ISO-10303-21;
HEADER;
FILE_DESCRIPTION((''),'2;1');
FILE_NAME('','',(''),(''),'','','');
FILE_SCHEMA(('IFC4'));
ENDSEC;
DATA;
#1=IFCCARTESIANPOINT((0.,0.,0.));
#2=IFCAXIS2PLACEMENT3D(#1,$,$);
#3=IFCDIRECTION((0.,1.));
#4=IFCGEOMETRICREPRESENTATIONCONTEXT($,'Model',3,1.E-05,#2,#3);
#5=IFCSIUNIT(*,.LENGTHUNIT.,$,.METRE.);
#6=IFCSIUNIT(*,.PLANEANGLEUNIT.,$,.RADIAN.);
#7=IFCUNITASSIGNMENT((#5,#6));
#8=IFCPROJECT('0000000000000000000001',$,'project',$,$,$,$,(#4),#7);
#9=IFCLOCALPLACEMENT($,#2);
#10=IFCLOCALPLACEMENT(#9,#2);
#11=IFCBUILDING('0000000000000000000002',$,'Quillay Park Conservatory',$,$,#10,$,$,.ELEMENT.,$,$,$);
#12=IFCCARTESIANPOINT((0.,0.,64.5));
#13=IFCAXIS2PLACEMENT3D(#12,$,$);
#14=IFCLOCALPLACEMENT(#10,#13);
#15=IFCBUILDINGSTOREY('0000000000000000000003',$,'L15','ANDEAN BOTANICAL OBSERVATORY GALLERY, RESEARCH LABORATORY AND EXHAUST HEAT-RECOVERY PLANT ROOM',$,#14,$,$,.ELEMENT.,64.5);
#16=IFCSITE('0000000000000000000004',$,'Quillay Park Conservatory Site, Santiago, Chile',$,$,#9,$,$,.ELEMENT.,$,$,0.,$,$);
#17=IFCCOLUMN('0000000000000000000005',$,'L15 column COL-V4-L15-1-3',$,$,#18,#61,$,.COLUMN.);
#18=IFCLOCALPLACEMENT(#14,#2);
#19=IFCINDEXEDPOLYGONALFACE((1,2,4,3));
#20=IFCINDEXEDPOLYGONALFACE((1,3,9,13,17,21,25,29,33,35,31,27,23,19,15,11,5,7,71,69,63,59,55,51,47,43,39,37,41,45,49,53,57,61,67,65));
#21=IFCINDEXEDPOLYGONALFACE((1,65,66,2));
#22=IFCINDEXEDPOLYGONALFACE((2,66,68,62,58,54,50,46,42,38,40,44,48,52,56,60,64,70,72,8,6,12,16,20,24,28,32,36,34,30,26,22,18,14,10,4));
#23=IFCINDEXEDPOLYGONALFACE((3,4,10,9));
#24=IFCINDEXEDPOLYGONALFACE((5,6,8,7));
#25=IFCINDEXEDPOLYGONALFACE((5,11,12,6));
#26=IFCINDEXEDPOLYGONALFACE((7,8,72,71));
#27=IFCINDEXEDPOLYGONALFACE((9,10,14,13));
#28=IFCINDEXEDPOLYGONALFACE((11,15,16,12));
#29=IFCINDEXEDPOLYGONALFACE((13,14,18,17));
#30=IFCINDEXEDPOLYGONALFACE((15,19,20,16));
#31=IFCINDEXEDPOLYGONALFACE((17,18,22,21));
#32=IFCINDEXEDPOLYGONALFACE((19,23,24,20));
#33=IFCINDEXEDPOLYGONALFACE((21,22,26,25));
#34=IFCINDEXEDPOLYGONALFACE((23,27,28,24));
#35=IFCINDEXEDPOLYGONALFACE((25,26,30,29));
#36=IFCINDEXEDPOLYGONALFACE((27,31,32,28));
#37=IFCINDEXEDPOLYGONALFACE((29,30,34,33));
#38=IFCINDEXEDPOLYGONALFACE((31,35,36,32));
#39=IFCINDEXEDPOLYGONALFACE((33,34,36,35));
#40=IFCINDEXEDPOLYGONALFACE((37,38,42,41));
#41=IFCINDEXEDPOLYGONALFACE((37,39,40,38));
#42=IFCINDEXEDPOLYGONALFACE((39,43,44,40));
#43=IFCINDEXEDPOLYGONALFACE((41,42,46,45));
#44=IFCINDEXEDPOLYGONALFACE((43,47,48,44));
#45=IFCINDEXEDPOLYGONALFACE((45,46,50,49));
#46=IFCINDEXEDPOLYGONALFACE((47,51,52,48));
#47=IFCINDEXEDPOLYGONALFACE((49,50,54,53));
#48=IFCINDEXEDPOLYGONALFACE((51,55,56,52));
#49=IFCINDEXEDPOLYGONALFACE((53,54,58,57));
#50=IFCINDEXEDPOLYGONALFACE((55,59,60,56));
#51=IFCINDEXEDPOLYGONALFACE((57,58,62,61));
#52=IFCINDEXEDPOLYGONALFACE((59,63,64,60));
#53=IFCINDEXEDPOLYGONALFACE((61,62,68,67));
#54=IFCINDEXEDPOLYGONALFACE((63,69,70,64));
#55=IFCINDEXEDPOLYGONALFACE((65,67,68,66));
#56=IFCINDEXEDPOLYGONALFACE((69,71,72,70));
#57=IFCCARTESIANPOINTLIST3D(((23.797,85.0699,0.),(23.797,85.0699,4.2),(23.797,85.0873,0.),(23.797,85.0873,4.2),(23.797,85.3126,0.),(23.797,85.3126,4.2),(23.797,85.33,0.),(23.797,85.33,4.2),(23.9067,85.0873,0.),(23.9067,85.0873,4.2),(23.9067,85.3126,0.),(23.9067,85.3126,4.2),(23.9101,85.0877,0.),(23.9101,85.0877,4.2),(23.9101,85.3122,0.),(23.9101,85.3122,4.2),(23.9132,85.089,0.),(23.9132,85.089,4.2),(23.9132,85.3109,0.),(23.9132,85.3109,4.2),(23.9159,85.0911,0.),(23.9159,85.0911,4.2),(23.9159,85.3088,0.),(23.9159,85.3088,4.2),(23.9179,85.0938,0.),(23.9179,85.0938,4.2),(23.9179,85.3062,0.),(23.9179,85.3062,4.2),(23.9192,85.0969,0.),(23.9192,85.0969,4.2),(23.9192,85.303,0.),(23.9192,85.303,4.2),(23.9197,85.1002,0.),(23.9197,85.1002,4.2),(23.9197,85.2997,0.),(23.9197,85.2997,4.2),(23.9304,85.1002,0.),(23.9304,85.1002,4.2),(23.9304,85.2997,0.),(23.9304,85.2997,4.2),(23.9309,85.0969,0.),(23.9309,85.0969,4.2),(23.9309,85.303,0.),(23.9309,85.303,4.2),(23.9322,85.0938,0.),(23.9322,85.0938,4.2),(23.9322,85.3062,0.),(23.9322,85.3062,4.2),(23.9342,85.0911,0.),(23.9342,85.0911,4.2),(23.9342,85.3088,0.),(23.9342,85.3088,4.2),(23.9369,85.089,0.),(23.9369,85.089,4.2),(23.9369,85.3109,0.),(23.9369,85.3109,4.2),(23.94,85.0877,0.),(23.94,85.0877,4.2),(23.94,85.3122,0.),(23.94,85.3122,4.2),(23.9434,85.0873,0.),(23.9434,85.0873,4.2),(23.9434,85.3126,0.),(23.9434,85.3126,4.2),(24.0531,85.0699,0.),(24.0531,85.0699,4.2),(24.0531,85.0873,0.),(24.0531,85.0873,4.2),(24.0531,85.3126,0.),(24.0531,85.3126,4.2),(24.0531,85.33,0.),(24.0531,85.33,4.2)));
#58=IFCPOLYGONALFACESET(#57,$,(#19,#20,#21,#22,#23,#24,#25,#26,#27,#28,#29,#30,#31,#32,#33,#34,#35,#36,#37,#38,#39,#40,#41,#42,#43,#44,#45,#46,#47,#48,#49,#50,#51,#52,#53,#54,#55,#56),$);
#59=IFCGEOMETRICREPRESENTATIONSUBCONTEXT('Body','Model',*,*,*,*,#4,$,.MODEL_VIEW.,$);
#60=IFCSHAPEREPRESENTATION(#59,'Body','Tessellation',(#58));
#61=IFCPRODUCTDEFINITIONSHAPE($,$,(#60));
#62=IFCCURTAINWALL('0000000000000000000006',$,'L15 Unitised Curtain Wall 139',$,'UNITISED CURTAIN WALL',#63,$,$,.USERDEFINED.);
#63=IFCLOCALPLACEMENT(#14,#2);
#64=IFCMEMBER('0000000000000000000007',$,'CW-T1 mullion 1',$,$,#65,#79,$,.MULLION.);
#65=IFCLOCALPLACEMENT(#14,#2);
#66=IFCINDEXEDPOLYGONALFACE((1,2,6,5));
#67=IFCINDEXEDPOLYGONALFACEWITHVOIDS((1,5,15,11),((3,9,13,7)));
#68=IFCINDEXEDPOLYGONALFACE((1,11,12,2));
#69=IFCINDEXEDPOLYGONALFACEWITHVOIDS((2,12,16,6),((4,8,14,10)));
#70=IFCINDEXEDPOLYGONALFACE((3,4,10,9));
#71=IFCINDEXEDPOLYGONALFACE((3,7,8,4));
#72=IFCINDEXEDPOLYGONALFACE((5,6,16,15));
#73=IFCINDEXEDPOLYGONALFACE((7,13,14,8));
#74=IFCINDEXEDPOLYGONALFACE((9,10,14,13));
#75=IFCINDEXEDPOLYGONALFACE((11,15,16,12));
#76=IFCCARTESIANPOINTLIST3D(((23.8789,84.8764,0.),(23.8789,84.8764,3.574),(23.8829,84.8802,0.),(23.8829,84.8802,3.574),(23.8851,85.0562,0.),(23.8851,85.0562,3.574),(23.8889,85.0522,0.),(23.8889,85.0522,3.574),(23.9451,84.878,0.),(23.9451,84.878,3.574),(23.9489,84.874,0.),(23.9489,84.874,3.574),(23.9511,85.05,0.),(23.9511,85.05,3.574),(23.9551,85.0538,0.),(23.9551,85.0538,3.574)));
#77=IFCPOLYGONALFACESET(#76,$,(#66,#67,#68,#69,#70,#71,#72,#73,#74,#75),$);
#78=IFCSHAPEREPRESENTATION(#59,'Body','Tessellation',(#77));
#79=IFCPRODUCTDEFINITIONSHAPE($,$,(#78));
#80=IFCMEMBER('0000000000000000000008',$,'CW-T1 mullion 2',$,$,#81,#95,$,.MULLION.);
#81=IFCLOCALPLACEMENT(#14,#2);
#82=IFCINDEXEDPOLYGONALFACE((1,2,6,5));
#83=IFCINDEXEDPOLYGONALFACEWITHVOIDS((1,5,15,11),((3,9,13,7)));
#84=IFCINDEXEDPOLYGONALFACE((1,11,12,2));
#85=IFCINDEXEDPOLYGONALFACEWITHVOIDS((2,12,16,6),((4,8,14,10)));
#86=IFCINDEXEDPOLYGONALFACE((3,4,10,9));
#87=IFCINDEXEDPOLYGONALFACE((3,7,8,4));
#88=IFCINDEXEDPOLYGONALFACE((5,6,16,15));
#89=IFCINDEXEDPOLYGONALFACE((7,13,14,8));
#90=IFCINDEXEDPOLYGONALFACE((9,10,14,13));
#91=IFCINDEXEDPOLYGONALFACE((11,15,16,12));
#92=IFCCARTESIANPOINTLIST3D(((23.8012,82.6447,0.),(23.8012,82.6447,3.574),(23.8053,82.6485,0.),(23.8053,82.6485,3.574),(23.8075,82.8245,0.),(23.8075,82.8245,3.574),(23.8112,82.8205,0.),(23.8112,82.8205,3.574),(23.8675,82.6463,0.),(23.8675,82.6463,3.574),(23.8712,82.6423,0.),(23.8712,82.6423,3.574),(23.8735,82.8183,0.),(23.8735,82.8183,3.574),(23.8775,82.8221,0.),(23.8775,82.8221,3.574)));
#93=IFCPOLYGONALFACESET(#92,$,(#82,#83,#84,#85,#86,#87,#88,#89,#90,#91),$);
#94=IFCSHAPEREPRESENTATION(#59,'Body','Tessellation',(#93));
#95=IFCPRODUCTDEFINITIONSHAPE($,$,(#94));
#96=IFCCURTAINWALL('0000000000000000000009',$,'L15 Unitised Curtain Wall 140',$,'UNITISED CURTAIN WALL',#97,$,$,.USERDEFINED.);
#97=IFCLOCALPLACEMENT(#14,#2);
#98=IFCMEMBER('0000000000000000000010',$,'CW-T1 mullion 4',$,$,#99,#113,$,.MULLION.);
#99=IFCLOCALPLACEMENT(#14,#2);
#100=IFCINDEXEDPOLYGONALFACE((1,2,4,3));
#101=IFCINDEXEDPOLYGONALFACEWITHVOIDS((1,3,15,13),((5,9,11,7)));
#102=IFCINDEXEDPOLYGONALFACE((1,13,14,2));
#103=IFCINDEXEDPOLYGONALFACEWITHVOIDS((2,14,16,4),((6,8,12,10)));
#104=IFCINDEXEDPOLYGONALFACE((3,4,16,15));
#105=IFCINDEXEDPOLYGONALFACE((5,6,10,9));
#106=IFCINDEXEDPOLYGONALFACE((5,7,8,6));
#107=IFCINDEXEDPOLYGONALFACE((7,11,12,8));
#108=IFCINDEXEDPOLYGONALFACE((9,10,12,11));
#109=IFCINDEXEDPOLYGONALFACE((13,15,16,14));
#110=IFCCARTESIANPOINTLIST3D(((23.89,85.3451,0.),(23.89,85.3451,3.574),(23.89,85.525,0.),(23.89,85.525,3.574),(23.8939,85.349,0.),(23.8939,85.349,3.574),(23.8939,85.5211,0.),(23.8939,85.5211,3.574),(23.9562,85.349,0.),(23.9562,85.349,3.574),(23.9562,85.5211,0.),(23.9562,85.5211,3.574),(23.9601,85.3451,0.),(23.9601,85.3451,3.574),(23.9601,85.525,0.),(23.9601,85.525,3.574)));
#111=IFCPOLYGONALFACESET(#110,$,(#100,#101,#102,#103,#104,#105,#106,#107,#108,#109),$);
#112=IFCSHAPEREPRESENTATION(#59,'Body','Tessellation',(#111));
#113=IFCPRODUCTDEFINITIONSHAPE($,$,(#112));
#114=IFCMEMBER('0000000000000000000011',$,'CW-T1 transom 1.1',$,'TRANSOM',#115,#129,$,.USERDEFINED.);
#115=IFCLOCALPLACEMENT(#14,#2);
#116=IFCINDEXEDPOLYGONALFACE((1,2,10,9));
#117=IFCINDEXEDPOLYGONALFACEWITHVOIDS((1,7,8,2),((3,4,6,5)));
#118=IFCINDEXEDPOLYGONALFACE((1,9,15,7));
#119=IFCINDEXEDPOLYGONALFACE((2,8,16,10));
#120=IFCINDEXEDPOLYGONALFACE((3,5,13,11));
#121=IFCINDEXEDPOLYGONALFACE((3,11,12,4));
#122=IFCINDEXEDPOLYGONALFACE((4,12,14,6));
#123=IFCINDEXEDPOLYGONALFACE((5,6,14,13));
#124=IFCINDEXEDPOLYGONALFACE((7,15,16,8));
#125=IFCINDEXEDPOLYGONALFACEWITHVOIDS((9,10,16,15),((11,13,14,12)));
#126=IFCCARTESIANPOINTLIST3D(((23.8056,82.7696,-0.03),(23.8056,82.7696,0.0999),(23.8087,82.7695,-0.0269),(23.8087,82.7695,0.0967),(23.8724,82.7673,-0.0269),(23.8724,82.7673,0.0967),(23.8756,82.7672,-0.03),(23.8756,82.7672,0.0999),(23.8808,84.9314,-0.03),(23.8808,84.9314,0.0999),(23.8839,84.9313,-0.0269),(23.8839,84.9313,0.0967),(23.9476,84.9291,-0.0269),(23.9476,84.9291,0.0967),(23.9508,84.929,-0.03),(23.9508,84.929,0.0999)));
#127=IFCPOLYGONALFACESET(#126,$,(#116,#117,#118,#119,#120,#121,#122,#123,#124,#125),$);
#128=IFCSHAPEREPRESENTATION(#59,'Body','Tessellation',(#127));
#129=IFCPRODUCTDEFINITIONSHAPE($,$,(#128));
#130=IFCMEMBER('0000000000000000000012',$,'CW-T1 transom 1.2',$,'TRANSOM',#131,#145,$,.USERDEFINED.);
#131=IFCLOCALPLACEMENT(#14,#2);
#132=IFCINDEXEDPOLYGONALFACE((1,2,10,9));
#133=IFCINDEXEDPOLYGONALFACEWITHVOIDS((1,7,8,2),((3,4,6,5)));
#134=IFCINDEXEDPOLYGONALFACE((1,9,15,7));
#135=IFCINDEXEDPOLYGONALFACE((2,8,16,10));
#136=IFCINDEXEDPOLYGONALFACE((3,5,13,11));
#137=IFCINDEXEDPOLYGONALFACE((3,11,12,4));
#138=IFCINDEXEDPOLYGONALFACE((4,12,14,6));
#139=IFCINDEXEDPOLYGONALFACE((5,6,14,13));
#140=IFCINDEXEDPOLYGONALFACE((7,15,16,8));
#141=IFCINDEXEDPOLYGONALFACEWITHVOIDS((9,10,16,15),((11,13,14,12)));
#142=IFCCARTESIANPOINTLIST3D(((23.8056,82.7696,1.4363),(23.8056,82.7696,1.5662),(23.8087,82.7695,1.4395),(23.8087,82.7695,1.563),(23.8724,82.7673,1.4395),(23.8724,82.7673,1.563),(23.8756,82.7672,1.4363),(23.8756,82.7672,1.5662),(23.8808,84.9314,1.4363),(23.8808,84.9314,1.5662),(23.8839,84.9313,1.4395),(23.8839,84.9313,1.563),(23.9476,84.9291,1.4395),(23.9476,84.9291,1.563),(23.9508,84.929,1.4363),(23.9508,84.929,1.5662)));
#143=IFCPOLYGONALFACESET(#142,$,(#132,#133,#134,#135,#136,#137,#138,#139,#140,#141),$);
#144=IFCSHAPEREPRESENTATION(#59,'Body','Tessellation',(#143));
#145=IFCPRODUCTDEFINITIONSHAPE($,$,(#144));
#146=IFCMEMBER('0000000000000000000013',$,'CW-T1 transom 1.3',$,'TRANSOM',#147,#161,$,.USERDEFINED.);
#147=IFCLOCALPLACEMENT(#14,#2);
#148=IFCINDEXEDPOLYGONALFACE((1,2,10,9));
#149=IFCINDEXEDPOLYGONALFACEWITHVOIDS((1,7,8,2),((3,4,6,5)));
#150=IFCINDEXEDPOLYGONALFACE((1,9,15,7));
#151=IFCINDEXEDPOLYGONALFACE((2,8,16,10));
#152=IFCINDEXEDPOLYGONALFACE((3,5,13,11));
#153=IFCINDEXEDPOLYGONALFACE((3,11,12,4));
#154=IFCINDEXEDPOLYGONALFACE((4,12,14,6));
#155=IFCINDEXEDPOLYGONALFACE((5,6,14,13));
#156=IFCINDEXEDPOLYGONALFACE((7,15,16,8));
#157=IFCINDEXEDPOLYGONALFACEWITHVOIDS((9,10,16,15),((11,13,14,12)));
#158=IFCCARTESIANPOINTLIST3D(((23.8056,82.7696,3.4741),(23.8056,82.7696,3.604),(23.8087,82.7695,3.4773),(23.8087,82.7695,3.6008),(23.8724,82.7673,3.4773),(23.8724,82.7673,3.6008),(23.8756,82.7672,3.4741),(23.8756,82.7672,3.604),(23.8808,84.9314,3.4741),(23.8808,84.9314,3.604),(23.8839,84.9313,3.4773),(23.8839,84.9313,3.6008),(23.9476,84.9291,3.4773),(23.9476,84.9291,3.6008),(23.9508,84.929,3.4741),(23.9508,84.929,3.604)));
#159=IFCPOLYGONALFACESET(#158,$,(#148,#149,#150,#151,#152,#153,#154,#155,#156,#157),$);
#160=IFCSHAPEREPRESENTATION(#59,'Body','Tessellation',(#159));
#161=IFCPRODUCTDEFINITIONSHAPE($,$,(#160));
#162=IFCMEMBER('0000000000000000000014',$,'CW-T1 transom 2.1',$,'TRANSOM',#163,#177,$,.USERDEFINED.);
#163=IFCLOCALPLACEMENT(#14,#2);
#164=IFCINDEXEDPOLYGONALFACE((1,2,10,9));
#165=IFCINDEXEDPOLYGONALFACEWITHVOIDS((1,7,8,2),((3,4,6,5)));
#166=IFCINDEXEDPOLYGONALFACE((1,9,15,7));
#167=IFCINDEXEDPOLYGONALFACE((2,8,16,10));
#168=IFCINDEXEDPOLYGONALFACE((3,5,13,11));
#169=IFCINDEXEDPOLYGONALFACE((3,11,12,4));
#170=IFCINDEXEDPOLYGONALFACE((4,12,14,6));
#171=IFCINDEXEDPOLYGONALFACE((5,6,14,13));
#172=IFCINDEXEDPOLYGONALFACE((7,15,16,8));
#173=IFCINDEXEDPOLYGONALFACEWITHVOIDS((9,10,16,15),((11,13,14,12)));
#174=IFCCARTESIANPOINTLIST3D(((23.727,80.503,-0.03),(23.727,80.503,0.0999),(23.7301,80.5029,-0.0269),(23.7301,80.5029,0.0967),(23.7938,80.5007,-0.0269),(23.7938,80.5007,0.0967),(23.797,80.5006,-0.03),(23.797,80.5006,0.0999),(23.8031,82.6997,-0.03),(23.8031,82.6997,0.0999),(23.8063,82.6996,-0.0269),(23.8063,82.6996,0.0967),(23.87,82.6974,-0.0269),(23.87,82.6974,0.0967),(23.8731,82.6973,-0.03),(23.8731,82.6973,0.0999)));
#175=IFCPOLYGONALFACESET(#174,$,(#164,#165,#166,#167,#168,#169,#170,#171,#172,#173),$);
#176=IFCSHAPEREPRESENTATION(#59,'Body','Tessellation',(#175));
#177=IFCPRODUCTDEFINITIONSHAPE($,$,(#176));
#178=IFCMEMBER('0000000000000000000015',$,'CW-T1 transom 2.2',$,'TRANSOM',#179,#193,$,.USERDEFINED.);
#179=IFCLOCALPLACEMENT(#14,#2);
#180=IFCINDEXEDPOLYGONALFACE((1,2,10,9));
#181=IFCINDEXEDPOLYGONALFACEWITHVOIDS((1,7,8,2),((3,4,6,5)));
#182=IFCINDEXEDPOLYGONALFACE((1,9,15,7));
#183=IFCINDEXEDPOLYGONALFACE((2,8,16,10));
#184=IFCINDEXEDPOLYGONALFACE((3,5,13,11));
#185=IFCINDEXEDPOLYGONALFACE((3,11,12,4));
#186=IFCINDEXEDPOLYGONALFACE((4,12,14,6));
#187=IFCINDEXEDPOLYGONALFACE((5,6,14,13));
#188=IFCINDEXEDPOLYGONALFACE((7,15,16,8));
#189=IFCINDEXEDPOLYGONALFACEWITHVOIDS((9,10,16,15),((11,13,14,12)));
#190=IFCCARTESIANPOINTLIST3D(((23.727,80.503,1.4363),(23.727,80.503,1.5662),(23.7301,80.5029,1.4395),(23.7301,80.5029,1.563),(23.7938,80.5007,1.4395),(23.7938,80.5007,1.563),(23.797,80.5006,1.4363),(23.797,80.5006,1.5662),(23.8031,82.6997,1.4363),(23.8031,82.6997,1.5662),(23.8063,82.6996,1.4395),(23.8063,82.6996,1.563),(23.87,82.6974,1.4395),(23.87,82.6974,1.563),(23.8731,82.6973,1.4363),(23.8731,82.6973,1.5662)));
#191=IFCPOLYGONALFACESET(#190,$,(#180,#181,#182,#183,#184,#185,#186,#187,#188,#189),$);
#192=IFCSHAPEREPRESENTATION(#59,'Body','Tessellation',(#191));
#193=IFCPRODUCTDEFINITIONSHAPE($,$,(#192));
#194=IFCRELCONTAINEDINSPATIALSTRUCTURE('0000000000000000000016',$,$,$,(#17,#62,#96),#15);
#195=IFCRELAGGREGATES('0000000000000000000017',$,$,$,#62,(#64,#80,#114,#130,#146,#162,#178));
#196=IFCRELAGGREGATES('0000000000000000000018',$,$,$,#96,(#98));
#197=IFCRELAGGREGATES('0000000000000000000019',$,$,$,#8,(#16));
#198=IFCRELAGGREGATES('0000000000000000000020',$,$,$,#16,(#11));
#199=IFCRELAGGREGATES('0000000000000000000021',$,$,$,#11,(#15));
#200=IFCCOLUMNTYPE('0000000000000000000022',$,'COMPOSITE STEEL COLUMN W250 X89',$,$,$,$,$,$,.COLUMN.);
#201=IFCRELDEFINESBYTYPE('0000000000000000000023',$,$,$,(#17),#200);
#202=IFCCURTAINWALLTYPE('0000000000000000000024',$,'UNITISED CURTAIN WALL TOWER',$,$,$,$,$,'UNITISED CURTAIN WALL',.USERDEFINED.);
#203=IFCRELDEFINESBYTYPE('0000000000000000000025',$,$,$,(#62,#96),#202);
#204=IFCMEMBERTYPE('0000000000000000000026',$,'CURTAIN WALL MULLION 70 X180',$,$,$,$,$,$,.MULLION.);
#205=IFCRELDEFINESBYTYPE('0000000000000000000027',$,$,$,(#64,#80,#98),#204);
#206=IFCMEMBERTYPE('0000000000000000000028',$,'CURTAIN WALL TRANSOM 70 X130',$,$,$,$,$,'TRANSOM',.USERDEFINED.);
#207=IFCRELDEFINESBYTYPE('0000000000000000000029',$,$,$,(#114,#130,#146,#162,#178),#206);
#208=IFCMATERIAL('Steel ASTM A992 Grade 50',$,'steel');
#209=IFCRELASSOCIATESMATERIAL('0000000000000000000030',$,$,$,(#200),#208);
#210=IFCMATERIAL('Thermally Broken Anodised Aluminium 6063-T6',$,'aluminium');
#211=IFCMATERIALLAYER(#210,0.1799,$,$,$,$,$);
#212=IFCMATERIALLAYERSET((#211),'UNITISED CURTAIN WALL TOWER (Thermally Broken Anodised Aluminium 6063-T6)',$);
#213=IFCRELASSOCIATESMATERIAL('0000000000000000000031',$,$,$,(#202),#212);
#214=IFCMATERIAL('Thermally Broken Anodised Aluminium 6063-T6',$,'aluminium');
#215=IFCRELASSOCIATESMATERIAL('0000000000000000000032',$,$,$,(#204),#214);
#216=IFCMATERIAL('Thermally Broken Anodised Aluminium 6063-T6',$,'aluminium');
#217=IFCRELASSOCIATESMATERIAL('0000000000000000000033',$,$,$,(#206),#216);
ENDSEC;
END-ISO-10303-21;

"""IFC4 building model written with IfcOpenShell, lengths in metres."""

from ifc_helpers import new_model, si_unit, direction, frame, origin, origin_2d, place, context, subcontext, project, spatial, hollow_rectangle, i_section, extrude, material, layer, layer_set, material_profile, profile_set, type_object, element, aggregate, save


model = new_model("IFC4")

# Units and contexts
model_context = context("Model", 3, precision=1e-05, world=origin(), true_north=direction((0.0, 1.0)))
body_context = subcontext(model_context, "Body", "Model", "MODEL_VIEW")
ifc_project = project(units=[si_unit("LENGTHUNIT", "METRE"), si_unit("PLANEANGLEUNIT", "RADIAN")], contexts=[model_context])

# Site, building, storey
site_placement = place(None, origin())
site = spatial("IfcSite", under=ifc_project, at=site_placement, Name="Quillay Park Conservatory Site, Santiago, Chile", CompositionType="ELEMENT", RefElevation=0.0)
building_placement = place(site_placement, origin())
building = spatial("IfcBuilding", under=site, at=building_placement, Name="Quillay Park Conservatory", CompositionType="ELEMENT")
storey_placement = place(building_placement, frame((0.0, 0.0, 64.5)))
storey = spatial("IfcBuildingStorey", under=building, at=storey_placement, Name="L15", Description="ANDEAN BOTANICAL OBSERVATORY GALLERY, RESEARCH LABORATORY AND EXHAUST HEAT-RECOVERY PLANT ROOM", CompositionType="ELEMENT", Elevation=64.5)

# Column
ifc_material_1 = material(Name="Steel ASTM A992 Grade 50", Category="steel")
ifc_material_profile_1 = material_profile(ifc_material_1, i_section(OverallWidth=0.2561, OverallDepth=0.26, WebThickness=0.0107, FlangeThickness=0.0173, FilletRadius=0.0129, at=origin_2d()), Name="W250x89")
ifc_profile_set_1 = profile_set([ifc_material_profile_1], Name="Steel ASTM A992 Grade 50")
column_type = type_object("IfcColumnType", Name="COMPOSITE STEEL COLUMN W250 X89", PredefinedType="COLUMN", material=ifc_profile_set_1)
column_placement = place(storey_placement, frame((23.925, 85.2, 0.0), z_axis=(0.0, 0.0, 1.0), x_axis=(1.0, 0.0, 0.0)))
element("IfcColumn", 1, at=column_placement, inside=storey, type_object=column_type, Name="L15 column COL-V4-L15-1-3", PredefinedType="COLUMN", context=body_context, shape_type="SweptSolid", body=[
    extrude(i_section(OverallWidth=0.2561, OverallDepth=0.26, WebThickness=0.0107, FlangeThickness=0.0173, FilletRadius=0.0129, at=origin_2d()), origin(), (0.0, 0.0, 1.0), 4.2),
])

# Curtain wall, members
ifc_material_2 = material(Name="Thermally Broken Anodised Aluminium 6063-T6", Category="aluminium")
ifc_layer_1 = layer(ifc_material_2, 0.1799)
ifc_layer_set_1 = layer_set([ifc_layer_1], Name="UNITISED CURTAIN WALL TOWER (Thermally Broken Anodised Aluminium 6063-T6)")
curtain_wall_type = type_object("IfcCurtainWallType", Name="UNITISED CURTAIN WALL TOWER", ElementType="UNITISED CURTAIN WALL", PredefinedType="USERDEFINED", material=ifc_layer_set_1)
curtain_wall_1_placement = place(storey_placement, origin())
curtain_wall_1 = element("IfcCurtainWall", 2, at=curtain_wall_1_placement, inside=storey, type_object=curtain_wall_type, Name="L15 Unitised Curtain Wall 139", ObjectType="UNITISED CURTAIN WALL", PredefinedType="USERDEFINED")
ifc_material_3 = material(Name="Thermally Broken Anodised Aluminium 6063-T6", Category="aluminium")
ifc_material_profile_2 = material_profile(ifc_material_3, hollow_rectangle(XDim=0.0701, YDim=0.1799, WallThickness=0.0039, at=origin_2d()), Name="AL70x180x4")
ifc_profile_set_2 = profile_set([ifc_material_profile_2], Name="Thermally Broken Anodised Aluminium 6063-T6")
member_type_1 = type_object("IfcMemberType", Name="CURTAIN WALL MULLION 70 X180", PredefinedType="MULLION", material=ifc_profile_set_2)
member_1_placement = place(storey_placement, frame((23.917, 84.9651, 0.0), z_axis=(0.0, 0.0, 1.0), x_axis=(0.999397, -0.034713, 0.0)))
member_1 = element("IfcMember", 3, at=member_1_placement, type_object=member_type_1, Name="CW-T1 mullion 1", PredefinedType="MULLION", context=body_context, shape_type="SweptSolid", body=[
    extrude(hollow_rectangle(XDim=0.0701, YDim=0.1799, WallThickness=0.0039, at=origin_2d()), origin(), (0.0, 0.0, 1.0), 3.574),
])
member_2_placement = place(storey_placement, frame((23.8394, 82.7334, 0.0), z_axis=(0.0, 0.0, 1.0), x_axis=(0.999397, -0.034713, 0.0)))
member_2 = element("IfcMember", 4, at=member_2_placement, type_object=member_type_1, Name="CW-T1 mullion 2", PredefinedType="MULLION", context=body_context, shape_type="SweptSolid", body=[
    extrude(hollow_rectangle(XDim=0.0701, YDim=0.1799, WallThickness=0.0039, at=origin_2d()), origin(), (0.0, 0.0, 1.0), 3.574),
])

# Curtain wall, member
curtain_wall_2_placement = place(storey_placement, origin())
curtain_wall_2 = element("IfcCurtainWall", 5, at=curtain_wall_2_placement, inside=storey, type_object=curtain_wall_type, Name="L15 Unitised Curtain Wall 140", ObjectType="UNITISED CURTAIN WALL", PredefinedType="USERDEFINED")
member_3_placement = place(storey_placement, frame((23.925, 85.4351, 0.0), z_axis=(0.0, 0.0, 1.0), x_axis=(1.0, 0.0, 0.0)))
member_3 = element("IfcMember", 6, at=member_3_placement, type_object=member_type_1, Name="CW-T1 mullion 4", PredefinedType="MULLION", context=body_context, shape_type="SweptSolid", body=[
    extrude(hollow_rectangle(XDim=0.0701, YDim=0.1799, WallThickness=0.0039, at=origin_2d()), origin(), (0.0, 0.0, 1.0), 3.574),
])

# Members
ifc_material_4 = material(Name="Thermally Broken Anodised Aluminium 6063-T6", Category="aluminium")
ifc_material_profile_3 = material_profile(ifc_material_4, hollow_rectangle(XDim=0.0701, YDim=0.1299, WallThickness=0.0032, at=origin_2d()), Name="AL70x130x3.2")
ifc_profile_set_3 = profile_set([ifc_material_profile_3], Name="Thermally Broken Anodised Aluminium 6063-T6")
member_type_2 = type_object("IfcMemberType", Name="CURTAIN WALL TRANSOM 70 X130", ElementType="TRANSOM", PredefinedType="USERDEFINED", material=ifc_profile_set_3)
member_4_placement = place(storey_placement, frame((23.9158, 84.9302, 0.0349), z_axis=(-0.034762, -0.999396, 0.0), x_axis=(0.999396, -0.034762, 0.0)))
member_4 = element("IfcMember", 7, at=member_4_placement, type_object=member_type_2, Name="CW-T1 transom 1.1", ObjectType="TRANSOM", PredefinedType="USERDEFINED", context=body_context, shape_type="SweptSolid", body=[
    extrude(hollow_rectangle(XDim=0.0701, YDim=0.1299, WallThickness=0.0032, at=origin_2d()), origin(), (0.0, 0.0, 1.0), 2.1631),
])
member_5_placement = place(storey_placement, frame((23.9158, 84.9302, 1.5012), z_axis=(-0.034762, -0.999396, 0.0), x_axis=(0.999396, -0.034762, 0.0)))
member_5 = element("IfcMember", 8, at=member_5_placement, type_object=member_type_2, Name="CW-T1 transom 1.2", ObjectType="TRANSOM", PredefinedType="USERDEFINED", context=body_context, shape_type="SweptSolid", body=[
    extrude(hollow_rectangle(XDim=0.0701, YDim=0.1299, WallThickness=0.0032, at=origin_2d()), origin(), (0.0, 0.0, 1.0), 2.1631),
])
member_6_placement = place(storey_placement, frame((23.9158, 84.9302, 3.5391), z_axis=(-0.034762, -0.999396, 0.0), x_axis=(0.999396, -0.034762, 0.0)))
member_6 = element("IfcMember", 9, at=member_6_placement, type_object=member_type_2, Name="CW-T1 transom 1.3", ObjectType="TRANSOM", PredefinedType="USERDEFINED", context=body_context, shape_type="SweptSolid", body=[
    extrude(hollow_rectangle(XDim=0.0701, YDim=0.1299, WallThickness=0.0032, at=origin_2d()), origin(), (0.0, 0.0, 1.0), 2.1631),
])
member_7_placement = place(storey_placement, frame((23.8381, 82.6985, 0.0349), z_axis=(-0.034654, -0.999399, 0.0), x_axis=(0.999399, -0.034654, 0.0)))
member_7 = element("IfcMember", 10, at=member_7_placement, type_object=member_type_2, Name="CW-T1 transom 2.1", ObjectType="TRANSOM", PredefinedType="USERDEFINED", context=body_context, shape_type="SweptSolid", body=[
    extrude(hollow_rectangle(XDim=0.0701, YDim=0.1299, WallThickness=0.0032, at=origin_2d()), origin(), (0.0, 0.0, 1.0), 2.198),
])
member_8_placement = place(storey_placement, frame((23.8381, 82.6985, 1.5012), z_axis=(-0.034654, -0.999399, 0.0), x_axis=(0.999399, -0.034654, 0.0)))
member_8 = element("IfcMember", 11, at=member_8_placement, type_object=member_type_2, Name="CW-T1 transom 2.2", ObjectType="TRANSOM", PredefinedType="USERDEFINED", context=body_context, shape_type="SweptSolid", body=[
    extrude(hollow_rectangle(XDim=0.0701, YDim=0.1299, WallThickness=0.0032, at=origin_2d()), origin(), (0.0, 0.0, 1.0), 2.198),
])

aggregate(curtain_wall_1, [member_1, member_2, member_4, member_5, member_6, member_7, member_8])
aggregate(curtain_wall_2, [member_3])

save(model, "model.ifc")
